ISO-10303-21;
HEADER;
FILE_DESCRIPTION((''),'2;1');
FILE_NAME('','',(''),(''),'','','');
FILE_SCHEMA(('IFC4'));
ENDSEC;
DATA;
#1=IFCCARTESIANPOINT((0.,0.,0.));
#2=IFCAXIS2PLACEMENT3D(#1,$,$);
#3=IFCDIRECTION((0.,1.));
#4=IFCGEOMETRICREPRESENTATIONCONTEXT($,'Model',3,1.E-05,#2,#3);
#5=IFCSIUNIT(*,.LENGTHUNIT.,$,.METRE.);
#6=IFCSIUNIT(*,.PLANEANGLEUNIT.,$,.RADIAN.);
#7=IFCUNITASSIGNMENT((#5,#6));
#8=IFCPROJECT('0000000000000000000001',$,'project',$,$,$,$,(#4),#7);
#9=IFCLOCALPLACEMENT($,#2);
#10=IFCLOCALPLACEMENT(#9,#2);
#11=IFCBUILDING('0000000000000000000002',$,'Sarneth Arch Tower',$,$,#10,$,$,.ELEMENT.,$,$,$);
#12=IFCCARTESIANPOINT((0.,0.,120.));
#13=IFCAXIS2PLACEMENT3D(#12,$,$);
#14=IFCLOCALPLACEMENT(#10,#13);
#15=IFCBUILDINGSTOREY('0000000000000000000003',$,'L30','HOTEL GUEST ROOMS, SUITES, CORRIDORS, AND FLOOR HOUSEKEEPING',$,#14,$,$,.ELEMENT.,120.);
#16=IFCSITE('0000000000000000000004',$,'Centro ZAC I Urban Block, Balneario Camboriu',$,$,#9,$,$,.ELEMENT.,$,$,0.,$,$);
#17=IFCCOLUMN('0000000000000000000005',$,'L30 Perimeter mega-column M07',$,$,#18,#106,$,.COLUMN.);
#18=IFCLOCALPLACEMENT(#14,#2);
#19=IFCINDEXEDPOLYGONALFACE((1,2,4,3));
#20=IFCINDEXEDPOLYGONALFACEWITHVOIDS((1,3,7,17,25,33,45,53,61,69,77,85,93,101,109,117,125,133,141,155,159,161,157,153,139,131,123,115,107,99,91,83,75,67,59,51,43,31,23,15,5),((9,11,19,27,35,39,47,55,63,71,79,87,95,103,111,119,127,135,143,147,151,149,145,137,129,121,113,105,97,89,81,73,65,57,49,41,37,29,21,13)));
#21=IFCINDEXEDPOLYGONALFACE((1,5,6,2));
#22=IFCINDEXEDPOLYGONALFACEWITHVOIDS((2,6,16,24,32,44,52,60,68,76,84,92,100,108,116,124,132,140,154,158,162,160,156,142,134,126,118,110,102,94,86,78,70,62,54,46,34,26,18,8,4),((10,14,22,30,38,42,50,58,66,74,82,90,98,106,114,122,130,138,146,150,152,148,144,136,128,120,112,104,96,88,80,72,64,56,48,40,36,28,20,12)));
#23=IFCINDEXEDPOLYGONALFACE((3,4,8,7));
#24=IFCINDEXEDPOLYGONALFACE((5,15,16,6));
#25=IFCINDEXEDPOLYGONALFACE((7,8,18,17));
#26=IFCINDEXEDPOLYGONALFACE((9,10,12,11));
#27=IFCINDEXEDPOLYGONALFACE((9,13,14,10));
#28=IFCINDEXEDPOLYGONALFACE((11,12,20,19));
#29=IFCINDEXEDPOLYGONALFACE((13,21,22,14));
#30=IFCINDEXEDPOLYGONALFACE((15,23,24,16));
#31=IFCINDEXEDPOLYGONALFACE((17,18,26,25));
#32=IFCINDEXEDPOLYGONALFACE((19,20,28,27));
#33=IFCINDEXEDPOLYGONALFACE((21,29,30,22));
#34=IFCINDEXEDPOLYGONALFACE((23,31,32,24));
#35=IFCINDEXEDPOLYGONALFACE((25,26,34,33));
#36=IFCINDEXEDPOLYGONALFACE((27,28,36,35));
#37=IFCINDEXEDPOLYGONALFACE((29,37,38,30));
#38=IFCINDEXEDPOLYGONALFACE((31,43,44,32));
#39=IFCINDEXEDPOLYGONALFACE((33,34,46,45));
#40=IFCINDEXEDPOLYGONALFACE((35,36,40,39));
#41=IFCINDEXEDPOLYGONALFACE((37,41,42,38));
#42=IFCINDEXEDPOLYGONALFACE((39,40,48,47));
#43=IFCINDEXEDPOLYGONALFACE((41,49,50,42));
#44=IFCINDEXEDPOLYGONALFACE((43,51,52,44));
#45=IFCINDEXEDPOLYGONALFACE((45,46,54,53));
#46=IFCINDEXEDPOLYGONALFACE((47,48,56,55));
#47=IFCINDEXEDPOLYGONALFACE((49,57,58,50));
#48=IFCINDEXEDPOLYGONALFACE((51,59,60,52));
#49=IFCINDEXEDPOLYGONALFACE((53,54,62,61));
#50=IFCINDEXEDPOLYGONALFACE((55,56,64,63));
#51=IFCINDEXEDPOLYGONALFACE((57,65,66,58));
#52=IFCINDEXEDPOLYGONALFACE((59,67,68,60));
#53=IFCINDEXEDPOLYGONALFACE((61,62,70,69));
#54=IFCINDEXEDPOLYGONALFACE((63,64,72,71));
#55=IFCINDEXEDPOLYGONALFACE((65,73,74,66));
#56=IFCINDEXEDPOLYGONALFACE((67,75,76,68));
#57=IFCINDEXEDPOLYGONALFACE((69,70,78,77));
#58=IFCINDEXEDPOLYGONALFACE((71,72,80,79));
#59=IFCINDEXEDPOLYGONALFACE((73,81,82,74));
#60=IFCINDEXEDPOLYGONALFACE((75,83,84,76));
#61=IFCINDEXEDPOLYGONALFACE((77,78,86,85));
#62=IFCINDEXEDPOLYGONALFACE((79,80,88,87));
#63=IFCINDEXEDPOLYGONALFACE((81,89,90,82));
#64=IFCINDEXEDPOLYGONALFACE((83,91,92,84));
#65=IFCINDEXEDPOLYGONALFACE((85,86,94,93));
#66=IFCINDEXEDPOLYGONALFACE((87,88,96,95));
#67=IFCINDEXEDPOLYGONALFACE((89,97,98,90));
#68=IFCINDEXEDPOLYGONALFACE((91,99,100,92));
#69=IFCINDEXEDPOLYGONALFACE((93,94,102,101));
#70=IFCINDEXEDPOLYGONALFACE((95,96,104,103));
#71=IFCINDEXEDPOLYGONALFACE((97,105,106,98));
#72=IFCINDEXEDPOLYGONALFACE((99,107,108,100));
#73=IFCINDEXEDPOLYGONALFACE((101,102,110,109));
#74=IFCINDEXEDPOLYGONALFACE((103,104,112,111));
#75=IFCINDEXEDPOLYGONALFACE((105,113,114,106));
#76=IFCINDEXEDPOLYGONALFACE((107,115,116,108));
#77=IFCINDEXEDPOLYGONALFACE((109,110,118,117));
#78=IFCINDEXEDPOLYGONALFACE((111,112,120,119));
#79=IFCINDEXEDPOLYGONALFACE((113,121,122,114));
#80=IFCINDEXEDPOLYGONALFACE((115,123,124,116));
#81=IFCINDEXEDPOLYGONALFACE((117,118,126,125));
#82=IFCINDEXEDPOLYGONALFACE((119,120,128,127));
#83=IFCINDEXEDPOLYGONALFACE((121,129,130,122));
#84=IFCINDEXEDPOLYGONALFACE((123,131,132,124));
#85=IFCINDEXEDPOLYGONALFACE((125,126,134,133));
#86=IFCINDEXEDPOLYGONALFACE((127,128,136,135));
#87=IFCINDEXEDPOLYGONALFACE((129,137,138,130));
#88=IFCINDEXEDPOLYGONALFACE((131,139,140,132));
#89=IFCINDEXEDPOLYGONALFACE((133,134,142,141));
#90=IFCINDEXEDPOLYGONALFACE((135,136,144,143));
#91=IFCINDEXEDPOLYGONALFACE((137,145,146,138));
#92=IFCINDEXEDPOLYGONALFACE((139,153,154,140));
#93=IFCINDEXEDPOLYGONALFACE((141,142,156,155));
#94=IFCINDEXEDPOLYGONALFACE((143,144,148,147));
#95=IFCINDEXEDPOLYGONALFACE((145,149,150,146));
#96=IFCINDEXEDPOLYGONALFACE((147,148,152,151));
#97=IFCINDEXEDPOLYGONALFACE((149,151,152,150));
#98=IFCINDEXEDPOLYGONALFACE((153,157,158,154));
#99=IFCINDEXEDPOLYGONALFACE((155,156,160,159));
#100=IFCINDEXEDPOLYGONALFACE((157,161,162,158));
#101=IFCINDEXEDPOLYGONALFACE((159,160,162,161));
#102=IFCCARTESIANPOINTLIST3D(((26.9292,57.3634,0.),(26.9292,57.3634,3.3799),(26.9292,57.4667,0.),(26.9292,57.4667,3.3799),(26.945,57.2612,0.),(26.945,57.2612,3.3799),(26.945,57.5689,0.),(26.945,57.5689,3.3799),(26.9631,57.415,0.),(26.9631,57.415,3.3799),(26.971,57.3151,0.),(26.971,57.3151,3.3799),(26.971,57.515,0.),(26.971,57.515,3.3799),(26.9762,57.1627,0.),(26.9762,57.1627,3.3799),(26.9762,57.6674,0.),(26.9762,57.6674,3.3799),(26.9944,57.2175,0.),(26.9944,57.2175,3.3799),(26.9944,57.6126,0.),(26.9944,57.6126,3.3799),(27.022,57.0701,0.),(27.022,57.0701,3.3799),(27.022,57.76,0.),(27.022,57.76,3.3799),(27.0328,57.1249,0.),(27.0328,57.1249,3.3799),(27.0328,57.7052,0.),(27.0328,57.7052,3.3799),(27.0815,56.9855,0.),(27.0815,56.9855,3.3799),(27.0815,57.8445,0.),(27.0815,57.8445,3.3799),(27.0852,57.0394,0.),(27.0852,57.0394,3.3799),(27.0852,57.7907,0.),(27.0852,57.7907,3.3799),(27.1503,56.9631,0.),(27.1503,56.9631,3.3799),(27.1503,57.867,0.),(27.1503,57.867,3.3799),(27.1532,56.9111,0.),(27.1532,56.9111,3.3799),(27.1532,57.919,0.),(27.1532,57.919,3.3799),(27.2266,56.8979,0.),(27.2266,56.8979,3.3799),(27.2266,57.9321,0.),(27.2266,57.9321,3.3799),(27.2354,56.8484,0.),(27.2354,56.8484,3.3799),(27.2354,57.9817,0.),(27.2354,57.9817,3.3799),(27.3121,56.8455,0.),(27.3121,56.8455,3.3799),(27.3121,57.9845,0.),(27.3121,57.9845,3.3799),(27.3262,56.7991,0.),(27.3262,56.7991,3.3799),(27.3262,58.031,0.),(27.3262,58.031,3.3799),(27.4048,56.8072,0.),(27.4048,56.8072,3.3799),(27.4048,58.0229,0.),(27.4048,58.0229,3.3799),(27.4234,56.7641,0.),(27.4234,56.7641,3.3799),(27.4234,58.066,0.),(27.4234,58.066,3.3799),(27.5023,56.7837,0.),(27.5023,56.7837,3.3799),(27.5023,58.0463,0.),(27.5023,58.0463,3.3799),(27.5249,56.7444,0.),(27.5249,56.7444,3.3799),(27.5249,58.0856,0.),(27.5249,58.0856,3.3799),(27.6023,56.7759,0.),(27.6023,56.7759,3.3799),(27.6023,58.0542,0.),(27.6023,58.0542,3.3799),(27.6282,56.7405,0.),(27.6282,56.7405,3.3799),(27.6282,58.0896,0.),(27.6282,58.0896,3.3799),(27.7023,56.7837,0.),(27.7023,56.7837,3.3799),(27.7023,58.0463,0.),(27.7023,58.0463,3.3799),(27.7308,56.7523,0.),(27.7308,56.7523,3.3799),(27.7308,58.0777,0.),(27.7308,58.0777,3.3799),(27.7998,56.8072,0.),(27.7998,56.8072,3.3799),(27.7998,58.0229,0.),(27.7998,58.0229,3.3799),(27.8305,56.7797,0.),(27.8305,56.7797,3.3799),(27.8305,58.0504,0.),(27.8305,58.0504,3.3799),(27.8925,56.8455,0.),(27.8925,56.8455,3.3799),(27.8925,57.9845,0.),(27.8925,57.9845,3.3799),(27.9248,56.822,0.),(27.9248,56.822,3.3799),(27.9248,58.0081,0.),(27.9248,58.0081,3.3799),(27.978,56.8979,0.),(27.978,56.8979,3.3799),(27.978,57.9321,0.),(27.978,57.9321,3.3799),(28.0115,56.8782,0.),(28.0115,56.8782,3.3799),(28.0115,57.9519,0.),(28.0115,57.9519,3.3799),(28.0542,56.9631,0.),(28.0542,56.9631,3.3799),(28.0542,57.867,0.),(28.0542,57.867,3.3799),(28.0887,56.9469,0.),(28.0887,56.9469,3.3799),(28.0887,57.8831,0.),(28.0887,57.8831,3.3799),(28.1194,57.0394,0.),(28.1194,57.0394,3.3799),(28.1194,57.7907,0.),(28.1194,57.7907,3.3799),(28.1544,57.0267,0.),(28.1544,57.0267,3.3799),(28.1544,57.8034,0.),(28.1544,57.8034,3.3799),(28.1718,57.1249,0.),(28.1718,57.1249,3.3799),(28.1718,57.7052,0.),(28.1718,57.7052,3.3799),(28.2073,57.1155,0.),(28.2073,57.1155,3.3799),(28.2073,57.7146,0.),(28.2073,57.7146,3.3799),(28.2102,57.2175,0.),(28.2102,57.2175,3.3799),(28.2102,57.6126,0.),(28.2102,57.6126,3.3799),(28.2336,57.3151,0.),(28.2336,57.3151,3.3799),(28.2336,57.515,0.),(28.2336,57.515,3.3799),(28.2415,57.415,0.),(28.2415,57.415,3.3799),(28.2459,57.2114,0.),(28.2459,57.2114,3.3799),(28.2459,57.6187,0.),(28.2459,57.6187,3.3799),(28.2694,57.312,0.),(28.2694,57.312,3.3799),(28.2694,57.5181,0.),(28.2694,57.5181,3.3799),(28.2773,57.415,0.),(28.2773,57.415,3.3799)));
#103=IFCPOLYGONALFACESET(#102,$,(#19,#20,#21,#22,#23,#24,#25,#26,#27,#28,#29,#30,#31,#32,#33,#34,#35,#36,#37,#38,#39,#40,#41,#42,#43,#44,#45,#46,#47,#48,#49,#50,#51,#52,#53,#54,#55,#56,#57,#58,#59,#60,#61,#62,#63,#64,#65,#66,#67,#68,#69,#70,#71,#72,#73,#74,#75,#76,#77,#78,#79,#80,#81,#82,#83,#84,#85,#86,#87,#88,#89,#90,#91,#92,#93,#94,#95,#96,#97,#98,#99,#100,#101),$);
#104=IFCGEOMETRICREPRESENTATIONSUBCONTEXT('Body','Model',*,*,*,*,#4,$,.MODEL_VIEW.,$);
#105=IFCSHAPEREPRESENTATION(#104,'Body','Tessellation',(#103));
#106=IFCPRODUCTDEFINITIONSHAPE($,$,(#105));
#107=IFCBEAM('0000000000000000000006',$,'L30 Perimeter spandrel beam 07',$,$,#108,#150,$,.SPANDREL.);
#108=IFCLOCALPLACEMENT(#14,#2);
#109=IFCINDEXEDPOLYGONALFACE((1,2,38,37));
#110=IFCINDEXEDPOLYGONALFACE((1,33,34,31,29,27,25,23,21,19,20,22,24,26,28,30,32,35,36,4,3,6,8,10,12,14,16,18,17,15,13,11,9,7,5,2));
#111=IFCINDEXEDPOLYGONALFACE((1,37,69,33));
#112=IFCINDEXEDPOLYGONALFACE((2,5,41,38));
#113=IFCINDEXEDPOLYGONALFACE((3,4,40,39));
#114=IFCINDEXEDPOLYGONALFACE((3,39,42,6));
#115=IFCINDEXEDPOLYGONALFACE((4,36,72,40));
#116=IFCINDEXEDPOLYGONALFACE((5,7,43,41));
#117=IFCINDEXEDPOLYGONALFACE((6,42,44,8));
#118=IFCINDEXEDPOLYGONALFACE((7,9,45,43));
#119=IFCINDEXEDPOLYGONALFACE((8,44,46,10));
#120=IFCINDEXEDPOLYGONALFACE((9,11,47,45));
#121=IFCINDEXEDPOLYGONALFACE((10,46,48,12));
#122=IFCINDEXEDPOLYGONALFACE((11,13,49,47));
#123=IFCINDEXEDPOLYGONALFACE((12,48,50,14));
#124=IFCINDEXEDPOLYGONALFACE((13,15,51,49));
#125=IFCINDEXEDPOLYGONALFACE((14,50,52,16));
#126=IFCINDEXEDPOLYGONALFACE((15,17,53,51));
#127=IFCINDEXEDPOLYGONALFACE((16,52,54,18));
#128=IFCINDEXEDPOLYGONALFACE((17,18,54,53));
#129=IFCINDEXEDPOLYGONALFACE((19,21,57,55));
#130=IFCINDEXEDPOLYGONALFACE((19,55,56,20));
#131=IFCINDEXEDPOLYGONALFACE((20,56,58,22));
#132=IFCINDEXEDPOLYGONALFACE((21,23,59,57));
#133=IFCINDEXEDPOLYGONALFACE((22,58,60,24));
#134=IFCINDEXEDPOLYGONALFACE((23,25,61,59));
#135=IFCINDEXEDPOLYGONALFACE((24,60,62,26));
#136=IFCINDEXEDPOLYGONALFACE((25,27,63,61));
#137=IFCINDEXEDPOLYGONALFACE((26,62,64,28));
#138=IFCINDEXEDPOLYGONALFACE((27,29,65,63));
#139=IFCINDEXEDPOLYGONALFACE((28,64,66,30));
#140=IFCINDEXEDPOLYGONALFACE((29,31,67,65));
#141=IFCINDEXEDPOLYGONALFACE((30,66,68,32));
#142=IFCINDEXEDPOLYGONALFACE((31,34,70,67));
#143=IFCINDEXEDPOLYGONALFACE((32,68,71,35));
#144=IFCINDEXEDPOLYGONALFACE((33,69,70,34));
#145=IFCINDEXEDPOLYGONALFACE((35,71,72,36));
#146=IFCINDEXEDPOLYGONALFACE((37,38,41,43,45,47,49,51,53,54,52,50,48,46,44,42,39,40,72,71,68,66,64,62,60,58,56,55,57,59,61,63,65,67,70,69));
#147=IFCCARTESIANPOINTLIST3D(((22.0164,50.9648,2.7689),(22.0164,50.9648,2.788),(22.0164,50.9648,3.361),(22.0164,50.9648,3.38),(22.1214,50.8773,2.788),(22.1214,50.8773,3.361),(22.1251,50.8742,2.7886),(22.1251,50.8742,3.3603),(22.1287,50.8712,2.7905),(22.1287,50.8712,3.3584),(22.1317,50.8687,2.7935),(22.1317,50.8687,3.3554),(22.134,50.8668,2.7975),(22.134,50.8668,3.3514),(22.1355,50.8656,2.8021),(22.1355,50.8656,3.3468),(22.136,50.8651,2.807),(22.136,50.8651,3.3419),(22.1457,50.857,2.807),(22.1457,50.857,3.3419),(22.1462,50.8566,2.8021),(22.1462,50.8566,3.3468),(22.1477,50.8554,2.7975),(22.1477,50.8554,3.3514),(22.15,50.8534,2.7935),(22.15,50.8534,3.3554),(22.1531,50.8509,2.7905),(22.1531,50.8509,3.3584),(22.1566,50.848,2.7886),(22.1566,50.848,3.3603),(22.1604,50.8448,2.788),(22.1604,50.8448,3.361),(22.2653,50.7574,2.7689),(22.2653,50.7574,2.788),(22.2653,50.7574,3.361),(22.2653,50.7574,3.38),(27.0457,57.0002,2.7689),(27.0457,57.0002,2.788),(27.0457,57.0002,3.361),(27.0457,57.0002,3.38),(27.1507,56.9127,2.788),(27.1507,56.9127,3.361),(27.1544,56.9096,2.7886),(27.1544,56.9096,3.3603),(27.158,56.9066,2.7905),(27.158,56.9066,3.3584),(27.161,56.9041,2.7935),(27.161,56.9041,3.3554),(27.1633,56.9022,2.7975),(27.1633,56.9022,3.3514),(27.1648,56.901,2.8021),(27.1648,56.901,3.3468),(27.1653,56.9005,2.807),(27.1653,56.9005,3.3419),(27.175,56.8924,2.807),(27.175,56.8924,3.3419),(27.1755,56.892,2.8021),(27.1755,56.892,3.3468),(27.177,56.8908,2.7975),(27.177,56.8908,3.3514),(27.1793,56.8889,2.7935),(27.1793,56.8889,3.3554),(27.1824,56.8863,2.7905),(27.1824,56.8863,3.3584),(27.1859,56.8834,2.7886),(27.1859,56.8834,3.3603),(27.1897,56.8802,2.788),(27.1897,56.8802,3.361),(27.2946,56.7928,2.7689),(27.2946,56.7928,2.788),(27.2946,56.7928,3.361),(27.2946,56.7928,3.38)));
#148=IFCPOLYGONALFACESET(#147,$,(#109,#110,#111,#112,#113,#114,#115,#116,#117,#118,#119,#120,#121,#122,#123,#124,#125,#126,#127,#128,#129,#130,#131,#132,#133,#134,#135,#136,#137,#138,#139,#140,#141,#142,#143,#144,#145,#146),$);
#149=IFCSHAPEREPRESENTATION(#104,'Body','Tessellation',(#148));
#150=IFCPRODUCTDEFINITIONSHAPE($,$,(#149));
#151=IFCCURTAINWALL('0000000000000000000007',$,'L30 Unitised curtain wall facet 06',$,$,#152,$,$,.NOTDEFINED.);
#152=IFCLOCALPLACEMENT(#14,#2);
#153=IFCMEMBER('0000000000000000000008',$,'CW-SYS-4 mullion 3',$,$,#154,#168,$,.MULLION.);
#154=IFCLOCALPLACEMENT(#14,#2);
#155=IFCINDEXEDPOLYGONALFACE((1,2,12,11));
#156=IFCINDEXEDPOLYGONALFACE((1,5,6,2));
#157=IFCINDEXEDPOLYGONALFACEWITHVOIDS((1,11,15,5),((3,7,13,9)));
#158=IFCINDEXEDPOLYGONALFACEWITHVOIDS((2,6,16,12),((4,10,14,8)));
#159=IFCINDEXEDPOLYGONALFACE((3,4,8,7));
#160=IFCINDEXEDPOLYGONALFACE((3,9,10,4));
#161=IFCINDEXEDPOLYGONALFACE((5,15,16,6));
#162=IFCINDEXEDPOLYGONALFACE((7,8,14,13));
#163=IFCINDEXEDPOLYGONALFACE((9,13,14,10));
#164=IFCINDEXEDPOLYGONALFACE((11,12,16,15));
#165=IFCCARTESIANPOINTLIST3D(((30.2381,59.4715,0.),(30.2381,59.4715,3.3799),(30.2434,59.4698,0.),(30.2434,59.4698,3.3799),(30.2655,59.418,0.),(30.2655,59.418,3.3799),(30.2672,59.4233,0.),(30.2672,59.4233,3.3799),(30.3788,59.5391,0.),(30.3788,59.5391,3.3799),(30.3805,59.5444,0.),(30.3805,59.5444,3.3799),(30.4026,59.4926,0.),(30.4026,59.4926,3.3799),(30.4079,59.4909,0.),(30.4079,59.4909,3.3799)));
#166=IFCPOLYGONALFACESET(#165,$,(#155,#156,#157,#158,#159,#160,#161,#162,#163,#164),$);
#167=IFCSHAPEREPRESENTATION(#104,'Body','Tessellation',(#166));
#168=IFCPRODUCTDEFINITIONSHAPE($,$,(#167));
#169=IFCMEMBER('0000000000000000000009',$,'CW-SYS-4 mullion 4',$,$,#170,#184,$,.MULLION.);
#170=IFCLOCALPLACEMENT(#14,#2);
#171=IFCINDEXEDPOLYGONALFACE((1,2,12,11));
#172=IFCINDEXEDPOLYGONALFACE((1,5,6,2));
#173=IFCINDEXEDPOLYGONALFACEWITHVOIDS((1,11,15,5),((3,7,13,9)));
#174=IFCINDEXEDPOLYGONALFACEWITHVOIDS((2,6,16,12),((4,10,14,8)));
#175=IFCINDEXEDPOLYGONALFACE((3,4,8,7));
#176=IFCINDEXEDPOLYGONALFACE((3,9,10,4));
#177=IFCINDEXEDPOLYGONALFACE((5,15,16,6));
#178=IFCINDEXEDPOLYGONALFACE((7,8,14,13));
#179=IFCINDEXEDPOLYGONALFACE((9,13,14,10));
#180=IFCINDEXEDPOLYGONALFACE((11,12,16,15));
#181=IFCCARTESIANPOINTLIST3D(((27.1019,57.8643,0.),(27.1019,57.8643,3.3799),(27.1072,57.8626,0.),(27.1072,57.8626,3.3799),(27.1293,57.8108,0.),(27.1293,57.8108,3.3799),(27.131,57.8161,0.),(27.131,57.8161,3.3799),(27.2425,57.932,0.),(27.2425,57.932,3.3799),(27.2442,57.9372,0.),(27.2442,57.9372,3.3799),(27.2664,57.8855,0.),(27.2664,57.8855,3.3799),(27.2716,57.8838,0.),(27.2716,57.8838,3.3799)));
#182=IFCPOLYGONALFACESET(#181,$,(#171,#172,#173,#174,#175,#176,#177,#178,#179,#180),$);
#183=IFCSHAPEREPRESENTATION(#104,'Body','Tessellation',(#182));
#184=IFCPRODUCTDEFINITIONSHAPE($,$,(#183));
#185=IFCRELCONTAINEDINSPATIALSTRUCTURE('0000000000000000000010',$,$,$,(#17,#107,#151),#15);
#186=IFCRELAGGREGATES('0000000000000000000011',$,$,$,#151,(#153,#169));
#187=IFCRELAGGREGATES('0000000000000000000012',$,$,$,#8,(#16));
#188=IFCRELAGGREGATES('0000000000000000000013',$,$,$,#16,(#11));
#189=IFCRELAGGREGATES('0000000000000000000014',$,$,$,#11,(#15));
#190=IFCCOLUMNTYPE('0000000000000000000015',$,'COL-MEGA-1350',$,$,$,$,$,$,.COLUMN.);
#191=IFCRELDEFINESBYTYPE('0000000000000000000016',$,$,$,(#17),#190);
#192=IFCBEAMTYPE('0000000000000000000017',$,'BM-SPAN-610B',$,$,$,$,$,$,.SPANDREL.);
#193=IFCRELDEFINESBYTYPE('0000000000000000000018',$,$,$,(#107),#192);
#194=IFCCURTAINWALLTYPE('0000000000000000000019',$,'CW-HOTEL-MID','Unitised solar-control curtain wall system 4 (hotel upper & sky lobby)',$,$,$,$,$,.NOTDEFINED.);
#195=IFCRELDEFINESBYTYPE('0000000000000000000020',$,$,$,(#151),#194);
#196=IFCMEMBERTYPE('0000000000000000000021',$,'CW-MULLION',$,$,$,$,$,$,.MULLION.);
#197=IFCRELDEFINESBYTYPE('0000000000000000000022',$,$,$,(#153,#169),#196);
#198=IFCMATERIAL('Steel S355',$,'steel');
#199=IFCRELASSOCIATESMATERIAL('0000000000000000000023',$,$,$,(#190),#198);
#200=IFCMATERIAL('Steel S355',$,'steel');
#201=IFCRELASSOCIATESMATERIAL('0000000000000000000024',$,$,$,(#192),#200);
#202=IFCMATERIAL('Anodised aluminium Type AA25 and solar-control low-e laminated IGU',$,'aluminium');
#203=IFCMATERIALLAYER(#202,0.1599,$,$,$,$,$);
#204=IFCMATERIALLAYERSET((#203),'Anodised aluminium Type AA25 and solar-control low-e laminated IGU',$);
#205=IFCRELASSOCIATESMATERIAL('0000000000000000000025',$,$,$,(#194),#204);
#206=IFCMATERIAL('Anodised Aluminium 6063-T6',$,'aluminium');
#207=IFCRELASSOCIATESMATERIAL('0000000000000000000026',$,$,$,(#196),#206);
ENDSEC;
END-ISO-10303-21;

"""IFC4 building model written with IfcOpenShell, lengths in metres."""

from ifc_helpers import new_model, si_unit, direction, frame, origin, origin_2d, place, context, subcontext, project, spatial, hollow_rectangle, hollow_circle, i_section, extrude, material, layer, layer_set, material_profile, profile_set, type_object, element, aggregate, save


model = new_model("IFC4")

# Units and contexts
model_context = context("Model", 3, precision=1e-05, world=origin(), true_north=direction((0.0, 1.0)))
body_context = subcontext(model_context, "Body", "Model", "MODEL_VIEW")
ifc_project = project(units=[si_unit("LENGTHUNIT", "METRE"), si_unit("PLANEANGLEUNIT", "RADIAN")], contexts=[model_context])

# Site, building, storey
site_placement = place(None, origin())
site = spatial("IfcSite", under=ifc_project, at=site_placement, Name="Centro ZAC I Urban Block, Balneario Camboriu", CompositionType="ELEMENT", RefElevation=0.0)
building_placement = place(site_placement, origin())
building = spatial("IfcBuilding", under=site, at=building_placement, Name="Sarneth Arch Tower", CompositionType="ELEMENT")
storey_placement = place(building_placement, frame((0.0, 0.0, 120.0)))
storey = spatial("IfcBuildingStorey", under=building, at=storey_placement, Name="L30", Description="HOTEL GUEST ROOMS, SUITES, CORRIDORS, AND FLOOR HOUSEKEEPING", CompositionType="ELEMENT", Elevation=120.0)

# Column
ifc_material_1 = material(Name="Steel S355", Category="steel")
ifc_material_profile_1 = material_profile(ifc_material_1, hollow_circle(Radius=0.675, WallThickness=0.0359, at=origin_2d()), Name="CHS1350x36")
ifc_profile_set_1 = profile_set([ifc_material_profile_1], Name="Steel S355")
column_type = type_object("IfcColumnType", Name="COL-MEGA-1350", PredefinedType="COLUMN", material=ifc_profile_set_1)
column_placement = place(storey_placement, frame((27.6023, 57.415, 0.0), z_axis=(0.0, 0.0, 1.0), x_axis=(1.0, 0.0, 0.0)))
element("IfcColumn", 1, at=column_placement, inside=storey, type_object=column_type, Name="L30 Perimeter mega-column M07", PredefinedType="COLUMN", context=body_context, shape_type="SweptSolid", body=[
    extrude(hollow_circle(Radius=0.675, WallThickness=0.0359, at=origin_2d()), origin(), (0.0, 0.0, 1.0), 3.3799),
])

# Beam
ifc_material_2 = material(Name="Steel S355", Category="steel")
ifc_material_profile_2 = material_profile(ifc_material_2, i_section(OverallWidth=0.324, OverallDepth=0.6111, WebThickness=0.0127, FlangeThickness=0.019, FilletRadius=0.019, at=origin_2d()), Name="W610x155")
ifc_profile_set_2 = profile_set([ifc_material_profile_2], Name="Steel S355")
beam_type = type_object("IfcBeamType", Name="BM-SPAN-610B", PredefinedType="SPANDREL", material=ifc_profile_set_2)
beam_placement = place(storey_placement, frame((27.1702, 56.8965, 3.0745), z_axis=(-0.640169, -0.768234, 0.0), x_axis=(0.768234, -0.640169, 0.0)))
element("IfcBeam", 2, at=beam_placement, inside=storey, type_object=beam_type, Name="L30 Perimeter spandrel beam 07", PredefinedType="SPANDREL", context=body_context, shape_type="SweptSolid", body=[
    extrude(i_section(OverallWidth=0.324, OverallDepth=0.6111, WebThickness=0.0127, FlangeThickness=0.019, FilletRadius=0.019, at=origin_2d()), origin(), (0.0, 0.0, 1.0), 7.8562),
])

# Curtain wall, members
ifc_material_3 = material(Name="Anodised aluminium Type AA25 and solar-control low-e laminated IGU", Category="aluminium")
ifc_layer_1 = layer(ifc_material_3, 0.1599)
ifc_layer_set_1 = layer_set([ifc_layer_1], Name="Anodised aluminium Type AA25 and solar-control low-e laminated IGU")
curtain_wall_type = type_object("IfcCurtainWallType", Name="CW-HOTEL-MID", Description="Unitised solar-control curtain wall system 4 (hotel upper & sky lobby)", PredefinedType="NOTDEFINED", material=ifc_layer_set_1)
curtain_wall_placement = place(storey_placement, origin())
curtain_wall = element("IfcCurtainWall", 3, at=curtain_wall_placement, inside=storey, type_object=curtain_wall_type, Name="L30 Unitised curtain wall facet 06", PredefinedType="NOTDEFINED")
ifc_material_4 = material(Name="Anodised Aluminium 6063-T6", Category="aluminium")
ifc_material_profile_3 = material_profile(ifc_material_4, hollow_rectangle(XDim=0.0601, YDim=0.1599, WallThickness=0.0039, at=origin_2d()), Name="AL-MULL-160x60x4")
ifc_profile_set_3 = profile_set([ifc_material_profile_3], Name="Anodised Aluminium 6063-T6")
member_type_1 = type_object("IfcMemberType", Name="CW-MULLION", PredefinedType="MULLION", material=ifc_profile_set_3)
member_1_placement = place(storey_placement, frame((30.323, 59.4812, 0.0), z_axis=(0.0, 0.0, 1.0), x_axis=(0.456031, -0.889964, 0.0)))
member_1 = element("IfcMember", 4, at=member_1_placement, type_object=member_type_1, Name="CW-SYS-4 mullion 3", PredefinedType="MULLION", context=body_context, shape_type="SweptSolid", body=[
    extrude(hollow_rectangle(XDim=0.0601, YDim=0.1599, WallThickness=0.0039, at=origin_2d()), origin(), (0.0, 0.0, 1.0), 3.3799),
])
member_2_placement = place(storey_placement, frame((27.1868, 57.874, 0.0), z_axis=(0.0, 0.0, 1.0), x_axis=(0.456031, -0.889964, 0.0)))
member_2 = element("IfcMember", 5, at=member_2_placement, type_object=member_type_1, Name="CW-SYS-4 mullion 4", PredefinedType="MULLION", context=body_context, shape_type="SweptSolid", body=[
    extrude(hollow_rectangle(XDim=0.0601, YDim=0.1599, WallThickness=0.0039, at=origin_2d()), origin(), (0.0, 0.0, 1.0), 3.3799),
])

aggregate(curtain_wall, [member_1, member_2])

save(model, "model.ifc")
